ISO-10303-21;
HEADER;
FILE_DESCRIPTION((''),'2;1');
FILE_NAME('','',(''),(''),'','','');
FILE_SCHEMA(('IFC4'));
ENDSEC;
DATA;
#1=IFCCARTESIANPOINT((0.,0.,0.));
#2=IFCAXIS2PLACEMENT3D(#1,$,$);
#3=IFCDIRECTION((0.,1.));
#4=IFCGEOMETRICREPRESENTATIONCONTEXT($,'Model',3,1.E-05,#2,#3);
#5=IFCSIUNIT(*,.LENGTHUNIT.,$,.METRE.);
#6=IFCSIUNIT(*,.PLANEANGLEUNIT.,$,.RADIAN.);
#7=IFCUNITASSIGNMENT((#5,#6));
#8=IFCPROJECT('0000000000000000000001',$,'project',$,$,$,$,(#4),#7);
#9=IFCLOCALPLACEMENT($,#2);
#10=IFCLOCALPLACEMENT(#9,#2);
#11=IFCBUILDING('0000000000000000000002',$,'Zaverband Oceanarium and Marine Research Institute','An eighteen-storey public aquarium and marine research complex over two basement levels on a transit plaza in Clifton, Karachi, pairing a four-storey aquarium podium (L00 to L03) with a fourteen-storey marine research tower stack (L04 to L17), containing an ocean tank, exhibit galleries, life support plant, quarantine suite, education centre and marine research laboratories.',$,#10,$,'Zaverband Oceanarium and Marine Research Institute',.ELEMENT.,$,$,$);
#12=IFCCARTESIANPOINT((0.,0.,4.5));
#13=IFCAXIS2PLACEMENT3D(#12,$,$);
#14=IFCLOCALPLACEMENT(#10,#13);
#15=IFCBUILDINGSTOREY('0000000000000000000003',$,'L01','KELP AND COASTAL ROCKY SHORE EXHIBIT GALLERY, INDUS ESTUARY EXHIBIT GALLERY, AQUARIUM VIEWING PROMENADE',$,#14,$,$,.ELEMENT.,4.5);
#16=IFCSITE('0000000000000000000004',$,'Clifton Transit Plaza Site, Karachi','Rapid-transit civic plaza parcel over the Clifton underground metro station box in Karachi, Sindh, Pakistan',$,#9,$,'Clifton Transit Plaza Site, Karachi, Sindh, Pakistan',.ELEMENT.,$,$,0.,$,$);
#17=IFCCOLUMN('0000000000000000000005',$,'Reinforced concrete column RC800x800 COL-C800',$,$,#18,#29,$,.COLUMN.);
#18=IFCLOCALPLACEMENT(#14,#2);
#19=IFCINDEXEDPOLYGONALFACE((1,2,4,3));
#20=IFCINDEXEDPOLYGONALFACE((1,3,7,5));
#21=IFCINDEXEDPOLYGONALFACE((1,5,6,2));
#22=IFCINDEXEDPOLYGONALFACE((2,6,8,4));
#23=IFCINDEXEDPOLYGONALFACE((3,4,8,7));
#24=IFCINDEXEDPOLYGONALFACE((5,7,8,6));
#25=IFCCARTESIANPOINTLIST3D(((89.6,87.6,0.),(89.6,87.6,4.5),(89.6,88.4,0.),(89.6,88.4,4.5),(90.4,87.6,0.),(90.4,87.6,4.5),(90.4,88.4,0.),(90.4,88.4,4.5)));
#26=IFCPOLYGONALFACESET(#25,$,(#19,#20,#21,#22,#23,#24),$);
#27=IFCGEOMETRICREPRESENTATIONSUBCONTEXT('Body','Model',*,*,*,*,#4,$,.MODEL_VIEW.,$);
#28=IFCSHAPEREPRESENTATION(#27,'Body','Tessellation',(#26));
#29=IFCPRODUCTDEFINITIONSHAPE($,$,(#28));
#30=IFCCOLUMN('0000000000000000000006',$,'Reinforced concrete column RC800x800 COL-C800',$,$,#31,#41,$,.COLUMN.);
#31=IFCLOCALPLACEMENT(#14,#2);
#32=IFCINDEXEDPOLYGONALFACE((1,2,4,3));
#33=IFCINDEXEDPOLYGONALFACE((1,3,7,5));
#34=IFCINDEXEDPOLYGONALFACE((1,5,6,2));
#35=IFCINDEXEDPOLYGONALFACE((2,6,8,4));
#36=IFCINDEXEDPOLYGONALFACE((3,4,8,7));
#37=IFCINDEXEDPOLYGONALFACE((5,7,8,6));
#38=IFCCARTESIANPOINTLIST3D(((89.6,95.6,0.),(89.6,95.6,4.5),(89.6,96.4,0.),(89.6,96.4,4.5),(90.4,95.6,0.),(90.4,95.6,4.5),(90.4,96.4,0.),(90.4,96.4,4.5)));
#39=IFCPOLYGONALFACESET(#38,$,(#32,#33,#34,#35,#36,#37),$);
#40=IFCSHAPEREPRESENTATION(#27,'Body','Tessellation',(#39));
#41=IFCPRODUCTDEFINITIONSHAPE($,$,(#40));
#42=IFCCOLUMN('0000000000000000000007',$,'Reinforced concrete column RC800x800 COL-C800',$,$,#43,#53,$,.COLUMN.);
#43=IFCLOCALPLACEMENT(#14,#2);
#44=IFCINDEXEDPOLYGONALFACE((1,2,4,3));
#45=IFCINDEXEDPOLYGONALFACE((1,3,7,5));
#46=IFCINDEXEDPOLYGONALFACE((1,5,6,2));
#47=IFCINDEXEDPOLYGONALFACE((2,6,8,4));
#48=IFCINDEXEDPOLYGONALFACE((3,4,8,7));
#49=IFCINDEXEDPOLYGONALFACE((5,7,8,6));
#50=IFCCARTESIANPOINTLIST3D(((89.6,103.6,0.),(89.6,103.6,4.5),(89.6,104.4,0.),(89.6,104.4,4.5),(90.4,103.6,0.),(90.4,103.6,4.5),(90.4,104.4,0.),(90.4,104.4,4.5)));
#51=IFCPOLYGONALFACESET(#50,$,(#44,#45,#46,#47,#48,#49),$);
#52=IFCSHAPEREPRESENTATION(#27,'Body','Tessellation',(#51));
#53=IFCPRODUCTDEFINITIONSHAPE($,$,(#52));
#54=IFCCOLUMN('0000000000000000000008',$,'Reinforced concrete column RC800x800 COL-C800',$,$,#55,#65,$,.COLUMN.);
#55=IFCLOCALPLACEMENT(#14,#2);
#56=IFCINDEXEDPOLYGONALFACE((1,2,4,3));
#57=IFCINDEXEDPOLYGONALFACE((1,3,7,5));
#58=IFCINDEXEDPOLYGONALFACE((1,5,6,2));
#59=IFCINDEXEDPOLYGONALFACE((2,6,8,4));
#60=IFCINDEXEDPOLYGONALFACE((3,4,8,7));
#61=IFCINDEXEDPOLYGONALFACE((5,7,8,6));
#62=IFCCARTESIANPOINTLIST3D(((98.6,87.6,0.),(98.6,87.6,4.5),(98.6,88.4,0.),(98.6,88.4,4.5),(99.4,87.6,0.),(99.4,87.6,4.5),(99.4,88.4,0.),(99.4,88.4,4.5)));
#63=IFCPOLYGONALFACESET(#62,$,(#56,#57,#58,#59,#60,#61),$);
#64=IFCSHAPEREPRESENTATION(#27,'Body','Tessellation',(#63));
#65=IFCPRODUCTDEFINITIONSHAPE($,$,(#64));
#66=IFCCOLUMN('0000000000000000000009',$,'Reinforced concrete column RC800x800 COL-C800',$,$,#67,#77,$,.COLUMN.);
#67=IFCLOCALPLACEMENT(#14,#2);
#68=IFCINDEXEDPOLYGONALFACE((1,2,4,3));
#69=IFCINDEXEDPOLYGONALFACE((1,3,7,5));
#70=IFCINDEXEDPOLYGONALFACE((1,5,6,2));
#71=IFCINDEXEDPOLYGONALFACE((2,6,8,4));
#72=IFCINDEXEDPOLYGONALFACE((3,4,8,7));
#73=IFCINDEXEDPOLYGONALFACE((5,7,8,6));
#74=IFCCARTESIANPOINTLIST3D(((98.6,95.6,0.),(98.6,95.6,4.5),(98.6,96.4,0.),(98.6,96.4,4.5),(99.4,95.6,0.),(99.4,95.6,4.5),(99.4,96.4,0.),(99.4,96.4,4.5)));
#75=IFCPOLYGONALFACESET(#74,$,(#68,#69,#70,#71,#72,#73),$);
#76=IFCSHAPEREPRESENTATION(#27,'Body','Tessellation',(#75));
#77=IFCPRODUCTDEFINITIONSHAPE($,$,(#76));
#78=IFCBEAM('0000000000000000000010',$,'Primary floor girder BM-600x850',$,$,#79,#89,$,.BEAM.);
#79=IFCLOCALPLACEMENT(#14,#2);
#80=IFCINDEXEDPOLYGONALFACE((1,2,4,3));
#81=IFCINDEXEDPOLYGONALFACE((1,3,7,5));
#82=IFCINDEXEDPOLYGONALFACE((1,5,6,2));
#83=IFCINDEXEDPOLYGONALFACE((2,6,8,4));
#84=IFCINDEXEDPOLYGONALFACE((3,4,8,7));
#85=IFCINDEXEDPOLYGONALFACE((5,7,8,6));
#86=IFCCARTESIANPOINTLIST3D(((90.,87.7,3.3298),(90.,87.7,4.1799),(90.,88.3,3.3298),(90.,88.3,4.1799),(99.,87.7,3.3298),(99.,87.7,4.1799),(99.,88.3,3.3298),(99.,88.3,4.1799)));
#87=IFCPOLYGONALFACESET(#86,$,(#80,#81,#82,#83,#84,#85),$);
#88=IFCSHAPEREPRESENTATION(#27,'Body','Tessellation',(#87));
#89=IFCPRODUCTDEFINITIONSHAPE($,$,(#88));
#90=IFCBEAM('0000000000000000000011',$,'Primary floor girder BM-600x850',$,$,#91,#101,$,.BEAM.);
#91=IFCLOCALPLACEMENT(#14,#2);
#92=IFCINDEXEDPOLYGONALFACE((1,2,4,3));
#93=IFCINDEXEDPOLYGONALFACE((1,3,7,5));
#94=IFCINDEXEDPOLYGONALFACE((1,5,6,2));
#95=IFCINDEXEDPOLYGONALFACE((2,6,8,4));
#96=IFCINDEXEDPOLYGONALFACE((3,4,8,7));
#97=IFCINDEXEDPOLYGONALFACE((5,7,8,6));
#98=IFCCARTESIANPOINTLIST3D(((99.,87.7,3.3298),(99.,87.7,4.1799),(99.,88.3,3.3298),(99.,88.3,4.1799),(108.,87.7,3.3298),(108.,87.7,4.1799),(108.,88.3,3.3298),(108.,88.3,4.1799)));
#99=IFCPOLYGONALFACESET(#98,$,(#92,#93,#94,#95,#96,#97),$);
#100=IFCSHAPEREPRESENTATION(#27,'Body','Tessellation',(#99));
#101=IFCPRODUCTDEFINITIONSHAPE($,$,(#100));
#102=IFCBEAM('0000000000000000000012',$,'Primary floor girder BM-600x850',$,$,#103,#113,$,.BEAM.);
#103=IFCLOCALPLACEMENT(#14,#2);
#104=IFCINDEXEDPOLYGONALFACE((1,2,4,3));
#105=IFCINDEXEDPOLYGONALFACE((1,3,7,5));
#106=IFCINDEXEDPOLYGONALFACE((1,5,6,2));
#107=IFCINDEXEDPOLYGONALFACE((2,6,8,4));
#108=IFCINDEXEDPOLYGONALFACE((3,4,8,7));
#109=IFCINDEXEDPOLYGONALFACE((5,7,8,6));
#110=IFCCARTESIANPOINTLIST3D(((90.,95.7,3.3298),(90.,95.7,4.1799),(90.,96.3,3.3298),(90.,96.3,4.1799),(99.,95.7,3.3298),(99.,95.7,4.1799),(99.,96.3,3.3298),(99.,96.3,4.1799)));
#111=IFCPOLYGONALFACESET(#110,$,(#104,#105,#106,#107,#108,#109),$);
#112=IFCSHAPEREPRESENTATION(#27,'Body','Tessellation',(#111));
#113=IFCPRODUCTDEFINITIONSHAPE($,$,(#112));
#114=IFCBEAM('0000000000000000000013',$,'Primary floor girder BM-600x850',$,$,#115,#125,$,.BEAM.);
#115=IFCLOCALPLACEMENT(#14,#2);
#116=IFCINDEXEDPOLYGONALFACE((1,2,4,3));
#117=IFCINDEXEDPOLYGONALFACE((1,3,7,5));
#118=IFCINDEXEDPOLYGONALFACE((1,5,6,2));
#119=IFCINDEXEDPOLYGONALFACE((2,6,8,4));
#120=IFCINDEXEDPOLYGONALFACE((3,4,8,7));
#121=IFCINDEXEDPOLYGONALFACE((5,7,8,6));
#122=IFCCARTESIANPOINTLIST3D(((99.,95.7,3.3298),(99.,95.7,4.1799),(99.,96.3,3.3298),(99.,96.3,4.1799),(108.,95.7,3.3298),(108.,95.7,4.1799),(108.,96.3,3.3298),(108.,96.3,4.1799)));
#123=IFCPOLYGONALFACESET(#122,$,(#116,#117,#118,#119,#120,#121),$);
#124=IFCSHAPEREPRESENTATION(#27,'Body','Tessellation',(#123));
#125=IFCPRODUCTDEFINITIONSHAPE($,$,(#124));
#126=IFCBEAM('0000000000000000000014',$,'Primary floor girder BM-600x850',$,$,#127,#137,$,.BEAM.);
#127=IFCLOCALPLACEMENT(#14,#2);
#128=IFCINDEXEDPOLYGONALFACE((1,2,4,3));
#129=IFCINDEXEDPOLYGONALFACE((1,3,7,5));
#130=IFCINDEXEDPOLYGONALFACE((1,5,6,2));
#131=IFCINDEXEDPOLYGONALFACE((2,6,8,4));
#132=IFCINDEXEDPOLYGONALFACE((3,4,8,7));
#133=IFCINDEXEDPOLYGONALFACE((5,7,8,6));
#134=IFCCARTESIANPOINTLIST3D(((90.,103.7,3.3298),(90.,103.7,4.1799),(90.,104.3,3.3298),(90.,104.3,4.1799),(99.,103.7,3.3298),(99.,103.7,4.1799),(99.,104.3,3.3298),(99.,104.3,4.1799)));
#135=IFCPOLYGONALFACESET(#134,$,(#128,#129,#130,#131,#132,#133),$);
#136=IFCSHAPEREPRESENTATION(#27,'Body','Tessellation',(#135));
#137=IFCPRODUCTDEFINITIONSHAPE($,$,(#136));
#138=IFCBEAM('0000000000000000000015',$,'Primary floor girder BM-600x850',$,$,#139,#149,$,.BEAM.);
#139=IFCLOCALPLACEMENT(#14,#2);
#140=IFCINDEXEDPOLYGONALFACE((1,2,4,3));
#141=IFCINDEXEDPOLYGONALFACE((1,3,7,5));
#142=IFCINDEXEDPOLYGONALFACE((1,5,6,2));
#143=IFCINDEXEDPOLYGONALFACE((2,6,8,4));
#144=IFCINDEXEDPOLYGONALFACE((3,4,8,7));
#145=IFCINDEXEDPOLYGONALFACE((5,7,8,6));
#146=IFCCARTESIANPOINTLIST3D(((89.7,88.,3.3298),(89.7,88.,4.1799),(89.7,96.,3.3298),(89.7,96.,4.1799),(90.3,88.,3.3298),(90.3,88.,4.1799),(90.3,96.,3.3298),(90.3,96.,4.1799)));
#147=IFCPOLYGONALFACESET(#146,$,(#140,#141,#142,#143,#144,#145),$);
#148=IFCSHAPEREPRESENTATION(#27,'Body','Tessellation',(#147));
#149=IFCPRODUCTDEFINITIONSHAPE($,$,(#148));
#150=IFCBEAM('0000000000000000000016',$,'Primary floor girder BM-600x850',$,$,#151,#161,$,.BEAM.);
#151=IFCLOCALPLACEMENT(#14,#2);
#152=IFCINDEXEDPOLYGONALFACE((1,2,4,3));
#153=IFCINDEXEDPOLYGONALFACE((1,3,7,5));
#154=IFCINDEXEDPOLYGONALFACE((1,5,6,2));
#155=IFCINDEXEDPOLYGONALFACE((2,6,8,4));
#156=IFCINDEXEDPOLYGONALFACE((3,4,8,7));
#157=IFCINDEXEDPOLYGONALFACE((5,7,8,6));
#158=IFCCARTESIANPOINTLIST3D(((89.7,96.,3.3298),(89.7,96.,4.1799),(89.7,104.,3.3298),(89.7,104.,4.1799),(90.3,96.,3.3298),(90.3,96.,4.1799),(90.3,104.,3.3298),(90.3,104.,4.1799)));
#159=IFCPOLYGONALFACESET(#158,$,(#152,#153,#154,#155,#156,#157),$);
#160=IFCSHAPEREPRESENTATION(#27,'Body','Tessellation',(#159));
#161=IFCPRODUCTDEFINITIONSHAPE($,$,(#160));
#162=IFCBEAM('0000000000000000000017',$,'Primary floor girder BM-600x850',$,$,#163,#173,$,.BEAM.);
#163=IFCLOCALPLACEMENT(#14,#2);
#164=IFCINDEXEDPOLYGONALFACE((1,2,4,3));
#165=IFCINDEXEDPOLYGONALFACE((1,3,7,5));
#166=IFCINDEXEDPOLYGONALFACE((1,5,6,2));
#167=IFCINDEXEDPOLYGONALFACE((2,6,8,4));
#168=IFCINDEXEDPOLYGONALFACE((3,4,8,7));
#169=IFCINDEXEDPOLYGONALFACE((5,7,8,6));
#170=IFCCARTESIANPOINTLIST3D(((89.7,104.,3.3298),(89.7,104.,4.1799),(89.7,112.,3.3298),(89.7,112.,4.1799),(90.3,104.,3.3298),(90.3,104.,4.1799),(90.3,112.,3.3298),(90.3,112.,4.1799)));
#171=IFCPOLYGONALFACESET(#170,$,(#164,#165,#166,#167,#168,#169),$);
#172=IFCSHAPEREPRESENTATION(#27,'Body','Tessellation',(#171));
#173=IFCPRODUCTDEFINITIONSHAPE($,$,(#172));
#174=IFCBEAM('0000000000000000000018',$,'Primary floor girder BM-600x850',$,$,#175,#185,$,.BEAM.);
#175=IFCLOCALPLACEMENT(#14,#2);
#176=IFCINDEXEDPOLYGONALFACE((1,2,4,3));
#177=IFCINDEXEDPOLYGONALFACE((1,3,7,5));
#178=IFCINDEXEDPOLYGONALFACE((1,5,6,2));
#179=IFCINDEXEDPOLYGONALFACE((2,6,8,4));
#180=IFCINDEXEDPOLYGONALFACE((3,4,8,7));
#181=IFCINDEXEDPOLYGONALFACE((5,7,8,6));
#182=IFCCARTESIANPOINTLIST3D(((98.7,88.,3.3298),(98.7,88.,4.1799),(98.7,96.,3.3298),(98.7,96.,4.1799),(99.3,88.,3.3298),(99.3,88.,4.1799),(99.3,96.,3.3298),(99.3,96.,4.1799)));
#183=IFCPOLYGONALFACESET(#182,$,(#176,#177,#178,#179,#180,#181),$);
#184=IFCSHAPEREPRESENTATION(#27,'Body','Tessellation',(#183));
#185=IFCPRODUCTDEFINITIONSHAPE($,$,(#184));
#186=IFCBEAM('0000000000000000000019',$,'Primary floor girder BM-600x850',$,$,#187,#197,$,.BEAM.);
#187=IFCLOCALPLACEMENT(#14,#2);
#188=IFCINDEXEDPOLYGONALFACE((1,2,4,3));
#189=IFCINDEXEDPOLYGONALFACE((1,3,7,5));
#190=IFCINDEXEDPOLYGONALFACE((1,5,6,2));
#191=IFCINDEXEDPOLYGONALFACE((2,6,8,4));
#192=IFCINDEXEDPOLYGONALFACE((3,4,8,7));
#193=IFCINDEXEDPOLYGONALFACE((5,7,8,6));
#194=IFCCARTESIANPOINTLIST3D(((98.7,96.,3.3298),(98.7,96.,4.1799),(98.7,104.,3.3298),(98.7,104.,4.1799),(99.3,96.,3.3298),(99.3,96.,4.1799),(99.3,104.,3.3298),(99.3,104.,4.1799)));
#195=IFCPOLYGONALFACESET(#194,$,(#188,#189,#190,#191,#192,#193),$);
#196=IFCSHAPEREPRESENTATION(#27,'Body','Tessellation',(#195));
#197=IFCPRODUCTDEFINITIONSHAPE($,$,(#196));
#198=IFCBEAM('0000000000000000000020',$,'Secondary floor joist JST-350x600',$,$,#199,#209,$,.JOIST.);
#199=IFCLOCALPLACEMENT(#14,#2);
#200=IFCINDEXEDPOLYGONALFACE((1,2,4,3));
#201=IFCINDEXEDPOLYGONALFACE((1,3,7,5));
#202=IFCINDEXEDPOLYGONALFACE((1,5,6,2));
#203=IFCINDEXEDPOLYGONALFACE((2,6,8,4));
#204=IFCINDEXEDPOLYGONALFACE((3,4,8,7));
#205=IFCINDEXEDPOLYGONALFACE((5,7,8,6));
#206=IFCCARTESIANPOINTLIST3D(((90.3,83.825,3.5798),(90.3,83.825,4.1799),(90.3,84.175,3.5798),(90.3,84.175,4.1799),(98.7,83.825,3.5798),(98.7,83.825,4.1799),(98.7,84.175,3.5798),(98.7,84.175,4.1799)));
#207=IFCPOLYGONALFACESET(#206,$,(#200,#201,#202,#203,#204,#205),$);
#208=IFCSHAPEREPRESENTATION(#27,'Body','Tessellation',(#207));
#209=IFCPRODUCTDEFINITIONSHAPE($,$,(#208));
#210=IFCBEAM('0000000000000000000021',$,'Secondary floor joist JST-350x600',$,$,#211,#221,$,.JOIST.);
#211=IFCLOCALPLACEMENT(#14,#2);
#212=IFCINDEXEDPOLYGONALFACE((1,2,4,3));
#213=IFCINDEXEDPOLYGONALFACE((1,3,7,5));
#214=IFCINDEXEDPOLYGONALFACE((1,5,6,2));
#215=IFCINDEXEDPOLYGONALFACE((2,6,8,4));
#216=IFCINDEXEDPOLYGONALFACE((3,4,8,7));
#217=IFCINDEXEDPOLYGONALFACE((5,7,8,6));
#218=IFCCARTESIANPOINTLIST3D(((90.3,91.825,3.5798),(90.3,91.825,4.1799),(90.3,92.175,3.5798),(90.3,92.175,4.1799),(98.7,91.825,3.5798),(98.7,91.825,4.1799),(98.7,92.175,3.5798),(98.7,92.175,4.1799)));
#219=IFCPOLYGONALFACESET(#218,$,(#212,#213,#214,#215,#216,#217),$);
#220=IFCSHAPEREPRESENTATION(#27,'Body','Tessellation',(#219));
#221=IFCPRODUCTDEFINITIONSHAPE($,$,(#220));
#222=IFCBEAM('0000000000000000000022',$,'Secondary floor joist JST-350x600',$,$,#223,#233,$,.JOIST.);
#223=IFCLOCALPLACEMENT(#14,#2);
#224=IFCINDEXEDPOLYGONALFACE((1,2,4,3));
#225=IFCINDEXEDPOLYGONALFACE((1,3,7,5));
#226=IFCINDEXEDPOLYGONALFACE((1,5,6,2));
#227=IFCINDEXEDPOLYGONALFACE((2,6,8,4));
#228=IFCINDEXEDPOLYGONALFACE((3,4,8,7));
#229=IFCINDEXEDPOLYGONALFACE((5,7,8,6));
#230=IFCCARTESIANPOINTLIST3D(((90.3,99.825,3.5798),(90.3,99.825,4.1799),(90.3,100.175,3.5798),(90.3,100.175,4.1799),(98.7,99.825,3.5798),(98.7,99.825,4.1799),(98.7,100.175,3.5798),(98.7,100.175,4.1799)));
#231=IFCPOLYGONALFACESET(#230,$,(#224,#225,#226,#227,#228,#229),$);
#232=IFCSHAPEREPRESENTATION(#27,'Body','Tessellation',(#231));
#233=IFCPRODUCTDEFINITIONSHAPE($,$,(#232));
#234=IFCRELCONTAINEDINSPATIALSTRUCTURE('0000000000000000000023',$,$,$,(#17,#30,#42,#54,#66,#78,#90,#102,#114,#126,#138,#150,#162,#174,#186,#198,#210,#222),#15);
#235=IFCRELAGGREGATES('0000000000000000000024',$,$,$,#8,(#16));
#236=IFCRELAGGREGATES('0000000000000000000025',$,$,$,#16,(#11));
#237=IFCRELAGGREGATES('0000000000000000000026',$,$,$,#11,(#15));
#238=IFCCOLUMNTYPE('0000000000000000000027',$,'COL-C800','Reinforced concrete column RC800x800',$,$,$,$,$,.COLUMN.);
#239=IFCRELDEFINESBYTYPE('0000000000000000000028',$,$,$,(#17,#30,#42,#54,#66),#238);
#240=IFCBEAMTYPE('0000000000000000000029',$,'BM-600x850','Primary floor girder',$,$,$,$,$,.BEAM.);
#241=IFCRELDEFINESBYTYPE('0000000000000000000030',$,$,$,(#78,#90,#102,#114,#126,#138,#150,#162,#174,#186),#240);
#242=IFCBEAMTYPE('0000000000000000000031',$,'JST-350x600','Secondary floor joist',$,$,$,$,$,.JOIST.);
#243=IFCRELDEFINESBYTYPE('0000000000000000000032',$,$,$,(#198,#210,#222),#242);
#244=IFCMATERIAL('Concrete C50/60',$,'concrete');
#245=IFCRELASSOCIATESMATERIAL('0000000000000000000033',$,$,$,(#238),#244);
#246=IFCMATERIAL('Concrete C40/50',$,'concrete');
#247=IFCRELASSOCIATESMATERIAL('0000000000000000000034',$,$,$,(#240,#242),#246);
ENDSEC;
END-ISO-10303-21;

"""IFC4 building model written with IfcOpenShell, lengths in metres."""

from ifc_helpers import new_model, si_unit, direction, frame, origin, origin_2d, place, context, subcontext, project, spatial, rectangle, extrude, material, material_profile, profile_set, type_object, element, save


model = new_model("IFC4")

# Units and contexts
model_context = context("Model", 3, precision=1e-05, world=origin(), true_north=direction((0.0, 1.0)))
body_context = subcontext(model_context, "Body", "Model", "MODEL_VIEW")
ifc_project = project(units=[si_unit("LENGTHUNIT", "METRE"), si_unit("PLANEANGLEUNIT", "RADIAN")], contexts=[model_context])

# Site, building, storey
site_placement = place(None, origin())
site = spatial("IfcSite", under=ifc_project, at=site_placement, Name="Clifton Transit Plaza Site, Karachi", Description="Rapid-transit civic plaza parcel over the Clifton underground metro station box in Karachi, Sindh, Pakistan", LongName="Clifton Transit Plaza Site, Karachi, Sindh, Pakistan", CompositionType="ELEMENT", RefElevation=0.0)
building_placement = place(site_placement, origin())
building = spatial("IfcBuilding", under=site, at=building_placement, Name="Zaverband Oceanarium and Marine Research Institute", Description="An eighteen-storey public aquarium and marine research complex over two basement levels on a transit plaza in Clifton, Karachi, pairing a four-storey aquarium podium (L00 to L03) with a fourteen-storey marine research tower stack (L04 to L17), containing an ocean tank, exhibit galleries, life support plant, quarantine suite, education centre and marine research laboratories.", LongName="Zaverband Oceanarium and Marine Research Institute", CompositionType="ELEMENT")
storey_placement = place(building_placement, frame((0.0, 0.0, 4.5)))
storey = spatial("IfcBuildingStorey", under=building, at=storey_placement, Name="L01", Description="KELP AND COASTAL ROCKY SHORE EXHIBIT GALLERY, INDUS ESTUARY EXHIBIT GALLERY, AQUARIUM VIEWING PROMENADE", CompositionType="ELEMENT", Elevation=4.5)

# Columns
ifc_material_1 = material(Name="Concrete C50/60", Category="concrete")
ifc_material_profile_1 = material_profile(ifc_material_1, rectangle(XDim=0.8, YDim=0.8, at=origin_2d()), Name="RC800x800")
ifc_profile_set_1 = profile_set([ifc_material_profile_1], Name="Concrete C50/60")
column_type = type_object("IfcColumnType", Name="COL-C800", Description="Reinforced concrete column RC800x800", PredefinedType="COLUMN", material=ifc_profile_set_1)
for number, where, z_axis, x_axis, name in (
    (1, (90.0, 88.0, 0.0), (0.0, 0.0, 1.0), (1.0, 0.0, 0.0), "Reinforced concrete column RC800x800 COL-C800"),
    (2, (90.0, 96.0, 0.0), (0.0, 0.0, 1.0), (1.0, 0.0, 0.0), "Reinforced concrete column RC800x800 COL-C800"),
    (3, (90.0, 104.0, 0.0), (0.0, 0.0, 1.0), (1.0, 0.0, 0.0), "Reinforced concrete column RC800x800 COL-C800"),
    (4, (99.0, 88.0, 0.0), (0.0, 0.0, 1.0), (1.0, 0.0, 0.0), "Reinforced concrete column RC800x800 COL-C800"),
    (5, (99.0, 96.0, 0.0), (0.0, 0.0, 1.0), (1.0, 0.0, 0.0), "Reinforced concrete column RC800x800 COL-C800"),
):
    element("IfcColumn", number, at=place(storey_placement, frame(where, z_axis=z_axis, x_axis=x_axis)), inside=storey, type_object=column_type, Name=name, PredefinedType="COLUMN", context=body_context, shape_type="SweptSolid", body=[
        extrude(rectangle(XDim=0.8, YDim=0.8, at=origin_2d()), origin(), (0.0, 0.0, 1.0), 4.5),
    ])

# Beams
ifc_material_2 = material(Name="Concrete C40/50", Category="concrete")
ifc_material_profile_2 = material_profile(ifc_material_2, rectangle(XDim=0.6001, YDim=0.8501, at=origin_2d()), Name="RC600x850")
ifc_profile_set_2 = profile_set([ifc_material_profile_2], Name="Concrete C40/50")
beam_type_1 = type_object("IfcBeamType", Name="BM-600x850", Description="Primary floor girder", PredefinedType="BEAM", material=ifc_profile_set_2)
for number, where, z_axis, x_axis, name in (
    (6, (90.0, 88.0, 3.7549), (1.0, 0.0, 0.0), (0.0, 1.0, 0.0), "Primary floor girder BM-600x850"),
    (7, (99.0, 88.0, 3.7549), (1.0, 0.0, 0.0), (0.0, 1.0, 0.0), "Primary floor girder BM-600x850"),
    (8, (90.0, 96.0, 3.7549), (1.0, 0.0, 0.0), (0.0, 1.0, 0.0), "Primary floor girder BM-600x850"),
    (9, (99.0, 96.0, 3.7549), (1.0, 0.0, 0.0), (0.0, 1.0, 0.0), "Primary floor girder BM-600x850"),
    (10, (90.0, 104.0, 3.7549), (1.0, 0.0, 0.0), (0.0, 1.0, 0.0), "Primary floor girder BM-600x850"),
):
    element("IfcBeam", number, at=place(storey_placement, frame(where, z_axis=z_axis, x_axis=x_axis)), inside=storey, type_object=beam_type_1, Name=name, PredefinedType="BEAM", context=body_context, shape_type="SweptSolid", body=[
        extrude(rectangle(XDim=0.6001, YDim=0.8501, at=origin_2d()), origin(), (0.0, 0.0, 1.0), 9.0),
    ])
for number, where, z_axis, x_axis, name in (
    (11, (90.0, 88.0, 3.7549), (0.0, 1.0, 0.0), (-1.0, 0.0, 0.0), "Primary floor girder BM-600x850"),
    (12, (90.0, 96.0, 3.7549), (0.0, 1.0, 0.0), (-1.0, 0.0, 0.0), "Primary floor girder BM-600x850"),
    (13, (90.0, 104.0, 3.7549), (0.0, 1.0, 0.0), (-1.0, 0.0, 0.0), "Primary floor girder BM-600x850"),
    (14, (99.0, 88.0, 3.7549), (0.0, 1.0, 0.0), (-1.0, 0.0, 0.0), "Primary floor girder BM-600x850"),
    (15, (99.0, 96.0, 3.7549), (0.0, 1.0, 0.0), (-1.0, 0.0, 0.0), "Primary floor girder BM-600x850"),
):
    element("IfcBeam", number, at=place(storey_placement, frame(where, z_axis=z_axis, x_axis=x_axis)), inside=storey, type_object=beam_type_1, Name=name, PredefinedType="BEAM", context=body_context, shape_type="SweptSolid", body=[
        extrude(rectangle(XDim=0.6001, YDim=0.8501, at=origin_2d()), origin(), (0.0, 0.0, 1.0), 8.0),
    ])
ifc_material_profile_3 = material_profile(ifc_material_2, rectangle(XDim=0.3501, YDim=0.6001, at=origin_2d()), Name="RC350x600")
ifc_profile_set_3 = profile_set([ifc_material_profile_3], Name="Concrete C40/50")
beam_type_2 = type_object("IfcBeamType", Name="JST-350x600", Description="Secondary floor joist", PredefinedType="JOIST", material=ifc_profile_set_3)
for number, where, z_axis, x_axis, name in (
    (16, (90.3, 84.0, 3.8799), (1.0, 0.0, 0.0), (0.0, 1.0, 0.0), "Secondary floor joist JST-350x600"),
    (17, (90.3, 92.0, 3.8799), (1.0, 0.0, 0.0), (0.0, 1.0, 0.0), "Secondary floor joist JST-350x600"),
    (18, (90.3, 100.0, 3.8799), (1.0, 0.0, 0.0), (0.0, 1.0, 0.0), "Secondary floor joist JST-350x600"),
):
    element("IfcBeam", number, at=place(storey_placement, frame(where, z_axis=z_axis, x_axis=x_axis)), inside=storey, type_object=beam_type_2, Name=name, PredefinedType="JOIST", context=body_context, shape_type="SweptSolid", body=[
        extrude(rectangle(XDim=0.3501, YDim=0.6001, at=origin_2d()), origin(), (0.0, 0.0, 1.0), 8.3999),
    ])

save(model, "model.ifc")
